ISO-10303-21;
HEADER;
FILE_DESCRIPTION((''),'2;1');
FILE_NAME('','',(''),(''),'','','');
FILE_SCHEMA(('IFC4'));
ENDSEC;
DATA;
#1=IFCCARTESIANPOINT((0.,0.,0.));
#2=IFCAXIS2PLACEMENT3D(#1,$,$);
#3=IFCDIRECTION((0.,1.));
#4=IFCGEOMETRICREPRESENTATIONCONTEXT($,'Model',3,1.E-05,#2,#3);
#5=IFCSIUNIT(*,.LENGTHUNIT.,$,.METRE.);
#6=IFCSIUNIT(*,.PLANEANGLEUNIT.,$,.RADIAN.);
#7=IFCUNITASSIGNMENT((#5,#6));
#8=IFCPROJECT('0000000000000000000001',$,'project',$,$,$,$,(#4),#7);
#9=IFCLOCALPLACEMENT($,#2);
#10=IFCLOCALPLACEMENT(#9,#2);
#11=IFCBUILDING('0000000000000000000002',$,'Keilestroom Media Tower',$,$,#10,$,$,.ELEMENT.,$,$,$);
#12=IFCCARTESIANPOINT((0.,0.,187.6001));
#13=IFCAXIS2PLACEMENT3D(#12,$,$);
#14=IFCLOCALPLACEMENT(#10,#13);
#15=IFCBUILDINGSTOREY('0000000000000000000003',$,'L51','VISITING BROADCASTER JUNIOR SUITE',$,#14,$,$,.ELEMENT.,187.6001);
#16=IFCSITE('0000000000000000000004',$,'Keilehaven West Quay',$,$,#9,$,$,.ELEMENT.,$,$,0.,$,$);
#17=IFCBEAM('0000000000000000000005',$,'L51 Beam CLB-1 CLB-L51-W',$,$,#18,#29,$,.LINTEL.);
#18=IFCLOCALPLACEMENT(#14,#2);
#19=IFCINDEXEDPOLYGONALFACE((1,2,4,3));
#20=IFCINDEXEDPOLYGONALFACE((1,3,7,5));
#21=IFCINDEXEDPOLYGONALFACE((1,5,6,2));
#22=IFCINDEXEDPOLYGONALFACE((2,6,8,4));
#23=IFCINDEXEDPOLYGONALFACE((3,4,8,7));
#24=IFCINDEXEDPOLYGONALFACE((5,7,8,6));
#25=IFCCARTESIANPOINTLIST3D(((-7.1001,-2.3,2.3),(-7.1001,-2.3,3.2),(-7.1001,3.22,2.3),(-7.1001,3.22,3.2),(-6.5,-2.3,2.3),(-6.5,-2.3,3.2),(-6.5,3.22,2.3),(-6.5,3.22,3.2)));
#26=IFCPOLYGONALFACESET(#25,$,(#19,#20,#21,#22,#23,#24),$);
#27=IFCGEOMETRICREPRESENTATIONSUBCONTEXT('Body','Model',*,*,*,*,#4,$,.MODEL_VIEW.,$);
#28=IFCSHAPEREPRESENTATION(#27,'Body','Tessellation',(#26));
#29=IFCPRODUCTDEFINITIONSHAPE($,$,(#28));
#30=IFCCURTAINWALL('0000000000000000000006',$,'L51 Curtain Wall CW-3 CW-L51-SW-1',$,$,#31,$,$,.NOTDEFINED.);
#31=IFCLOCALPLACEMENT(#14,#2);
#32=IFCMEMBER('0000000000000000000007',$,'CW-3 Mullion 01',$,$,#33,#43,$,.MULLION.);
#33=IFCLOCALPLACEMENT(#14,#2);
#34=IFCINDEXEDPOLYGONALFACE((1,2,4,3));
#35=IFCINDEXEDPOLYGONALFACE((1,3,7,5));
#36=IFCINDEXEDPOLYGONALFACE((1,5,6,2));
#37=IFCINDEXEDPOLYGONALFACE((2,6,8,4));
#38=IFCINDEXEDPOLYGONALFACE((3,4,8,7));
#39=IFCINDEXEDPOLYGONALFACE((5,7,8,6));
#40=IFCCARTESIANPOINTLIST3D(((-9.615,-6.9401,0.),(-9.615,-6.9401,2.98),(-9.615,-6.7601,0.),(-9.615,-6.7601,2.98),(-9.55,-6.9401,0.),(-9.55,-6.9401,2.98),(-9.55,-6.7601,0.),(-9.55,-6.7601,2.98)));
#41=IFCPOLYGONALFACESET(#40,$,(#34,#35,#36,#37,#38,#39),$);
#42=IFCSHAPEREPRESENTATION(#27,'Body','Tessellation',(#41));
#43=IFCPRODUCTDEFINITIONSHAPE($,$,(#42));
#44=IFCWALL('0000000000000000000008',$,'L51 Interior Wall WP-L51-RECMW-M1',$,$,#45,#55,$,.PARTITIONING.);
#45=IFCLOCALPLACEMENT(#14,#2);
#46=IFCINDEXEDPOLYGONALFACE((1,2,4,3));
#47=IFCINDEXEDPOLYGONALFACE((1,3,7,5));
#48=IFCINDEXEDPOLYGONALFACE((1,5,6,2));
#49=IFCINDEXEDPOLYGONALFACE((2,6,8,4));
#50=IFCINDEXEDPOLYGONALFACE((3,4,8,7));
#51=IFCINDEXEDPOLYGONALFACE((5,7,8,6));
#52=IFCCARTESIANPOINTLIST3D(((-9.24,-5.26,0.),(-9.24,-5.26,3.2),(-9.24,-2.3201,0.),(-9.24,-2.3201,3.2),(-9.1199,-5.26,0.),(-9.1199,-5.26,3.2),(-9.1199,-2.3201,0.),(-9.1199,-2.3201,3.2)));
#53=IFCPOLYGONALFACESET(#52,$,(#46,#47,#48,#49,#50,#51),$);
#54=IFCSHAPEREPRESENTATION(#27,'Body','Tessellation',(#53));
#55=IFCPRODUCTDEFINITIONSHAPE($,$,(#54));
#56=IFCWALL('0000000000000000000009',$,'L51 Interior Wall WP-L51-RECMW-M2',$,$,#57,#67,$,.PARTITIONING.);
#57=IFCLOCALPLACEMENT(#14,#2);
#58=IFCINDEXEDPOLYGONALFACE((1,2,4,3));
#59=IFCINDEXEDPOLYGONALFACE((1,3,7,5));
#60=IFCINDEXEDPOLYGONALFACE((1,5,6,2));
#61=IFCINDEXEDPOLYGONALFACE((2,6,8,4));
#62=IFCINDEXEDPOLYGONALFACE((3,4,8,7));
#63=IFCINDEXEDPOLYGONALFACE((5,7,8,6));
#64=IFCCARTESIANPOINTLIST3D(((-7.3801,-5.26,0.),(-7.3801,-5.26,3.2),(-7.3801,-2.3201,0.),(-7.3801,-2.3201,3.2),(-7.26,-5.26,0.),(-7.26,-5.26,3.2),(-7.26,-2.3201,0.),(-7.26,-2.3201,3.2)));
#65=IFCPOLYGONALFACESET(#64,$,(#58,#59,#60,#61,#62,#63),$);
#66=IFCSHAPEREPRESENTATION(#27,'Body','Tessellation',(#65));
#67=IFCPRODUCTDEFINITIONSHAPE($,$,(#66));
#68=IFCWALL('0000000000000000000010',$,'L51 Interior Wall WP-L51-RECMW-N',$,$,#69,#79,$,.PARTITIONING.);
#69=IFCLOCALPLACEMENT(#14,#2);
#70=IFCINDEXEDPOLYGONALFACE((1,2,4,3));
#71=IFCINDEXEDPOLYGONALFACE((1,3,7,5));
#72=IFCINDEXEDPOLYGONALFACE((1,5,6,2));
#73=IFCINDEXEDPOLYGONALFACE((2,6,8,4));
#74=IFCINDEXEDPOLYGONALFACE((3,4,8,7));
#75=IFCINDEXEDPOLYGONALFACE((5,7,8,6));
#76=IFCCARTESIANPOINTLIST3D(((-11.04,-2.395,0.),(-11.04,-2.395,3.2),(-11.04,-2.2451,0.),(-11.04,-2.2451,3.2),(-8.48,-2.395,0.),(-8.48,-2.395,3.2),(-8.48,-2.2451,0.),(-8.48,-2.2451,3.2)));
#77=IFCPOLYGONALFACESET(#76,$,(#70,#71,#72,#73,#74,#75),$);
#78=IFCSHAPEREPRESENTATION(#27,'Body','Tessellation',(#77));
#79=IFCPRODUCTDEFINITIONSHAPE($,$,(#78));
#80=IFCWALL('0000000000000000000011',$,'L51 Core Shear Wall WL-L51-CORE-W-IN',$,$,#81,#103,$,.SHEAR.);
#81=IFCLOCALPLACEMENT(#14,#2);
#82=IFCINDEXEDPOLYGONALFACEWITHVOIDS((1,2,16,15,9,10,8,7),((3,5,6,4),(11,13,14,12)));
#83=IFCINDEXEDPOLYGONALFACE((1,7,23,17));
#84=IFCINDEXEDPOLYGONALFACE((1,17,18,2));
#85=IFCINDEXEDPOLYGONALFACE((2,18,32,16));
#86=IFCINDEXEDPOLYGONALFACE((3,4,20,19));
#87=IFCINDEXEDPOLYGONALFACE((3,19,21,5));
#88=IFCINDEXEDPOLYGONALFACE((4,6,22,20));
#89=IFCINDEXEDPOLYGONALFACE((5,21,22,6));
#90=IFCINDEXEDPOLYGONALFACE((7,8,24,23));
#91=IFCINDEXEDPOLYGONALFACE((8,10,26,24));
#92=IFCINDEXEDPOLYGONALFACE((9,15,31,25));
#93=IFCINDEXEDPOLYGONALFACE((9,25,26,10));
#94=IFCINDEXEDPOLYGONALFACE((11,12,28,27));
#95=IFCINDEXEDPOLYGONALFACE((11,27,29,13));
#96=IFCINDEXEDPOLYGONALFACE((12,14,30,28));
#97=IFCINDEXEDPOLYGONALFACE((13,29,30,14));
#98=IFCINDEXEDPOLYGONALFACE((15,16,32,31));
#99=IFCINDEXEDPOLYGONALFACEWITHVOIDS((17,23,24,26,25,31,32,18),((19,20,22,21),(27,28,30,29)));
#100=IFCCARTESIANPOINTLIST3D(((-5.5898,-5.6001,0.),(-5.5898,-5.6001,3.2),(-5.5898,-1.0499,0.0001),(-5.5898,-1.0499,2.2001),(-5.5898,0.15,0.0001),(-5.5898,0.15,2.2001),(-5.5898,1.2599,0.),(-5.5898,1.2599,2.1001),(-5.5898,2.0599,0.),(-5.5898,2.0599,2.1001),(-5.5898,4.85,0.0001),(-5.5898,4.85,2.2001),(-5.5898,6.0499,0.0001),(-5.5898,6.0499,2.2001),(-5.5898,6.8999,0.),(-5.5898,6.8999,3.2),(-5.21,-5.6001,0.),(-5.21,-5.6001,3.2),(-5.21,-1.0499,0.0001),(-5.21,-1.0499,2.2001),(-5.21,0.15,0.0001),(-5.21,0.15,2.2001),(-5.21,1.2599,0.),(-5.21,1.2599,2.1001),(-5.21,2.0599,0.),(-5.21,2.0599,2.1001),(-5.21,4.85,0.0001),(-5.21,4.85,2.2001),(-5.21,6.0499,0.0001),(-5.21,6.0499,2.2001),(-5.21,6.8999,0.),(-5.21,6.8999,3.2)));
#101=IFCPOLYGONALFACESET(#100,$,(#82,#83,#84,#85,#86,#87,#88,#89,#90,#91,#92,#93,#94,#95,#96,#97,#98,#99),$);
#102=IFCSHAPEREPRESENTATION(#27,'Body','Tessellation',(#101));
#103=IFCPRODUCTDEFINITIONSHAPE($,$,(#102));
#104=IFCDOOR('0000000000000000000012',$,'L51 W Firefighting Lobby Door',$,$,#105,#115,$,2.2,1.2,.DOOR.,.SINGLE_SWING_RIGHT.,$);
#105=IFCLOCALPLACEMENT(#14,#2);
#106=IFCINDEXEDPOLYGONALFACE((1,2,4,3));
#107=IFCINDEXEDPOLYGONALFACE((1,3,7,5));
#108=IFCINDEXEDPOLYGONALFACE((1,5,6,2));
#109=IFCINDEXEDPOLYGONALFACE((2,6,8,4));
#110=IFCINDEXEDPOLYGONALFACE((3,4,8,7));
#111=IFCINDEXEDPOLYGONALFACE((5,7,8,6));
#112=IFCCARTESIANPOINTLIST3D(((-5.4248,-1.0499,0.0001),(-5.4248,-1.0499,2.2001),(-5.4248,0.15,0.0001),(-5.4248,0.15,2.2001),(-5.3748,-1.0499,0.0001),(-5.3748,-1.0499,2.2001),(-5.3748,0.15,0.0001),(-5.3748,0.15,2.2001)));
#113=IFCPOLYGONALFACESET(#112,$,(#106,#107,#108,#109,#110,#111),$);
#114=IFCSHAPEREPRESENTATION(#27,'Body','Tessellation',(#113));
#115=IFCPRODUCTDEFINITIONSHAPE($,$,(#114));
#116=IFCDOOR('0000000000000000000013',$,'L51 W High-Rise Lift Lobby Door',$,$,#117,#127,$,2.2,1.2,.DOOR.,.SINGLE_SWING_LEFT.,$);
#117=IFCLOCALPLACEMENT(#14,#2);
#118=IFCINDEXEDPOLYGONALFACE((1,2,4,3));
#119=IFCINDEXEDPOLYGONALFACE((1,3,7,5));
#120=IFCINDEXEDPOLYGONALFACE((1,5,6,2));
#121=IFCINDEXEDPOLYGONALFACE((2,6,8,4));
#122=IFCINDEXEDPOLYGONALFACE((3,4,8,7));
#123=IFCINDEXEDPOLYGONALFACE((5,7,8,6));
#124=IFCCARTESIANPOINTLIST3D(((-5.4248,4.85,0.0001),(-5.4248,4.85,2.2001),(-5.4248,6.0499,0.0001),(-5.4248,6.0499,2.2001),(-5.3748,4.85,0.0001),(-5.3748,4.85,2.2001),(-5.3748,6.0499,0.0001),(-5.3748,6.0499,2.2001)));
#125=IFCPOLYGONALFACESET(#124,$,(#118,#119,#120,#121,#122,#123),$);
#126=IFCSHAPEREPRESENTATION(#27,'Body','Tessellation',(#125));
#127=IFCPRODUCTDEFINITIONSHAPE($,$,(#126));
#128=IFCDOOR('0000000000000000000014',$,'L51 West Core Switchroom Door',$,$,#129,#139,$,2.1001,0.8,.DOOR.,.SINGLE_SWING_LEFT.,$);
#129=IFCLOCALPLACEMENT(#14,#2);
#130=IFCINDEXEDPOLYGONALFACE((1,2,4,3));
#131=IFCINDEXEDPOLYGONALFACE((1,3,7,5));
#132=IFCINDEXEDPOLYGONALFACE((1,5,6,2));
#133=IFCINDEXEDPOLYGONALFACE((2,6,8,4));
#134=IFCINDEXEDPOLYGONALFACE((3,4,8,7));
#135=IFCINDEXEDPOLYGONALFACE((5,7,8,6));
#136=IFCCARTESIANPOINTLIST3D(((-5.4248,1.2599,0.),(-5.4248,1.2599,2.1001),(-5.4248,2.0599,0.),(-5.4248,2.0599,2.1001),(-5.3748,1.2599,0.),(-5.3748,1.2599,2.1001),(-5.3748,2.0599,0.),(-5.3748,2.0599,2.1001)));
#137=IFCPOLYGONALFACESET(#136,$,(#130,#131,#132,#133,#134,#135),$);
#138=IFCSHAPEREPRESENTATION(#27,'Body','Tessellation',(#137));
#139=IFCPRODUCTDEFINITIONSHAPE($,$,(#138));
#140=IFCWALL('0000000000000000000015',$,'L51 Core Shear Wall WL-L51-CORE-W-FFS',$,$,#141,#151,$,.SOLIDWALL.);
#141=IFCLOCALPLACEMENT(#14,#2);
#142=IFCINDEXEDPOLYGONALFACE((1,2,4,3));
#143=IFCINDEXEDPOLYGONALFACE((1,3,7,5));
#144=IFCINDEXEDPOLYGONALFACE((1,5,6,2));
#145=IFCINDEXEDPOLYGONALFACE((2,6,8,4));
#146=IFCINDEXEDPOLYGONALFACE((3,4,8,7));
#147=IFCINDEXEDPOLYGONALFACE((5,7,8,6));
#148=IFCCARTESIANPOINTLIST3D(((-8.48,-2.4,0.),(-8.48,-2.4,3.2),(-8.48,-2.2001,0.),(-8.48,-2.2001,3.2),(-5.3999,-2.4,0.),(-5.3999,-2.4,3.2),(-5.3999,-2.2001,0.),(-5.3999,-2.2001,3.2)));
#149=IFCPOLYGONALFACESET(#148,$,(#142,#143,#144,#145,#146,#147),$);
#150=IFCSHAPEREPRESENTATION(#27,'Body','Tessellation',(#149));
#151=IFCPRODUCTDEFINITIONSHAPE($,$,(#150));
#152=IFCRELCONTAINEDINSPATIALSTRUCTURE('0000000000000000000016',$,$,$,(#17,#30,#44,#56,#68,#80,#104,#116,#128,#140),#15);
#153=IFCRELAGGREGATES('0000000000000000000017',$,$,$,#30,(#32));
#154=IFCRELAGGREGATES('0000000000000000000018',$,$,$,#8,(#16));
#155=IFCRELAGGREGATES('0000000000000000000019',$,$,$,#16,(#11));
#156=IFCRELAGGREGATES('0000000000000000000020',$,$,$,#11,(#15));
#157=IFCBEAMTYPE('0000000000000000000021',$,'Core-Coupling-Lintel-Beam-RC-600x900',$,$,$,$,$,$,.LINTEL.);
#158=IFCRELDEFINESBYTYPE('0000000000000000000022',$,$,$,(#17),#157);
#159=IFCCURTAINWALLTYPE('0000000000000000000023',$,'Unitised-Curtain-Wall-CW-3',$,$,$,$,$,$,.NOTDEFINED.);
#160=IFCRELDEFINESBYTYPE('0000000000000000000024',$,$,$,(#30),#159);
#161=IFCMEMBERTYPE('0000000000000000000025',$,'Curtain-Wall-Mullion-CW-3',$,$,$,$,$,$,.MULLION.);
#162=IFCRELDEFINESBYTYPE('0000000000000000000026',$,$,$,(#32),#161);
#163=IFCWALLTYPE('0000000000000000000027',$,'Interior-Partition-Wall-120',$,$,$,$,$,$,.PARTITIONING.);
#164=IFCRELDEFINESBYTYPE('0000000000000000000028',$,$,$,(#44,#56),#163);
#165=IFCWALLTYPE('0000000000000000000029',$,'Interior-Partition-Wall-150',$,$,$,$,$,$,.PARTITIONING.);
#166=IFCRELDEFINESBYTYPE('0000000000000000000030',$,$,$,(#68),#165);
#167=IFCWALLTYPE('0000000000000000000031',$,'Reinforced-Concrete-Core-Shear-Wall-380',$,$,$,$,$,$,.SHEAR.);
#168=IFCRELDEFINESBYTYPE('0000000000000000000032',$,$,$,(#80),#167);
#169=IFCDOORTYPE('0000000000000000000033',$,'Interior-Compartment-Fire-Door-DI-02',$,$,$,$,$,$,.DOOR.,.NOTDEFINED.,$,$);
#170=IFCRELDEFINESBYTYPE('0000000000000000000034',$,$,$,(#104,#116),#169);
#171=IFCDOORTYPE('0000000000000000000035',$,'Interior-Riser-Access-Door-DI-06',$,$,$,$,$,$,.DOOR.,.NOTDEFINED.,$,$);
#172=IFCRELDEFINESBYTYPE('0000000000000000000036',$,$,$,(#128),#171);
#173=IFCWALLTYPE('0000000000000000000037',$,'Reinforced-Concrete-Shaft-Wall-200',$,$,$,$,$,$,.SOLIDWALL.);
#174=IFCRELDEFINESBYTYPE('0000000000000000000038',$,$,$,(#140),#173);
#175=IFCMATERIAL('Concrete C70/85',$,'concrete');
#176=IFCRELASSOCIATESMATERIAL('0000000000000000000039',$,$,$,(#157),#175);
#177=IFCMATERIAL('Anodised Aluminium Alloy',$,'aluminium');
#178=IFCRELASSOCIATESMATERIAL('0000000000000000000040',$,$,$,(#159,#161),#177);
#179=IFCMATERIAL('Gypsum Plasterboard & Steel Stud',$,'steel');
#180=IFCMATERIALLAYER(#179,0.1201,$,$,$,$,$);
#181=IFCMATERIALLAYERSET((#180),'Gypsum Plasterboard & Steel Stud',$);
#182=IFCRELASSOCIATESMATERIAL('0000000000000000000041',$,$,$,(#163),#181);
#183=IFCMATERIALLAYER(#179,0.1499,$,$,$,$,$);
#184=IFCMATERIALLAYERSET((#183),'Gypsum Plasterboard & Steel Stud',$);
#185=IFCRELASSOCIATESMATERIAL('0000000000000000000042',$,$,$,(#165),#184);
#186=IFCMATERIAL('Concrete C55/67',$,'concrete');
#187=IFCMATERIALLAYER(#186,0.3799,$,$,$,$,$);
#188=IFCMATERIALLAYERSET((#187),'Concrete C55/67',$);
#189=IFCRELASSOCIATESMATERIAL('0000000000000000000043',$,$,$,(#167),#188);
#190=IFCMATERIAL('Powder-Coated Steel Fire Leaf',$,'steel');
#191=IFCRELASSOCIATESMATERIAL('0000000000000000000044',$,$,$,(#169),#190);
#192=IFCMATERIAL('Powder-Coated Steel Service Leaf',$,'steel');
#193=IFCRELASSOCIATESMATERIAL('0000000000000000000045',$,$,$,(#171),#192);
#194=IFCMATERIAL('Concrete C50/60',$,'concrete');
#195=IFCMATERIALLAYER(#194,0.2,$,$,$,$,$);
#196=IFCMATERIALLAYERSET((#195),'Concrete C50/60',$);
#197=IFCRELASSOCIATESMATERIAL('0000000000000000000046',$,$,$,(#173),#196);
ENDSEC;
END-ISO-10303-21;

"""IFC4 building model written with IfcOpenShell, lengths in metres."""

from ifc_helpers import new_model, si_unit, direction, frame, frame_2d, origin, origin_2d, place, context, subcontext, project, spatial, rectangle, extrude, source, transform, mapped, material, layer, layer_set, material_profile, profile_set, type_object, element, fill, aggregate, save


model = new_model("IFC4")

# Units and contexts
model_context = context("Model", 3, precision=1e-05, world=origin(), true_north=direction((0.0, 1.0)))
body_context = subcontext(model_context, "Body", "Model", "MODEL_VIEW")
ifc_project = project(units=[si_unit("LENGTHUNIT", "METRE"), si_unit("PLANEANGLEUNIT", "RADIAN")], contexts=[model_context])

# Site, building, storey
site_placement = place(None, origin())
site = spatial("IfcSite", under=ifc_project, at=site_placement, Name="Keilehaven West Quay", CompositionType="ELEMENT", RefElevation=0.0)
building_placement = place(site_placement, origin())
building = spatial("IfcBuilding", under=site, at=building_placement, Name="Keilestroom Media Tower", CompositionType="ELEMENT")
storey_placement = place(building_placement, frame((0.0, 0.0, 187.6001)))
storey = spatial("IfcBuildingStorey", under=building, at=storey_placement, Name="L51", Description="VISITING BROADCASTER JUNIOR SUITE", CompositionType="ELEMENT", Elevation=187.6001)

# Beam
ifc_material_1 = material(Name="Concrete C70/85", Category="concrete")
ifc_material_profile_1 = material_profile(ifc_material_1, rectangle(XDim=0.6001, YDim=0.8999, at=origin_2d()), Name="RC 600x900")
ifc_profile_set_1 = profile_set([ifc_material_profile_1], Name="Concrete C70/85")
beam_type = type_object("IfcBeamType", Name="Core-Coupling-Lintel-Beam-RC-600x900", PredefinedType="LINTEL", material=ifc_profile_set_1)
shared_shape_1 = source(origin(), body_context, "Body", "SweptSolid", [
    extrude(rectangle(XDim=0.6001, YDim=0.8999, at=origin_2d()), origin(), (0.0, 0.0, 1.0), 5.52),
])
beam_placement = place(storey_placement, frame((-6.8, -2.3, 2.75), z_axis=(0.0, 1.0, 0.0), x_axis=(-1.0, 0.0, 0.0)))
element("IfcBeam", 1, at=beam_placement, inside=storey, type_object=beam_type, Name="L51 Beam CLB-1 CLB-L51-W", PredefinedType="LINTEL", context=body_context, shape_type="MappedRepresentation", body=[
    mapped(shared_shape_1, transform((0.0, 0.0, 0.0), x_axis=(1.0, 0.0, 0.0), y_axis=(0.0, 1.0, 0.0), z_axis=(0.0, 0.0, 1.0), scale=1.0)),
])

# Curtain wall, member
ifc_material_2 = material(Name="Anodised Aluminium Alloy", Category="aluminium")
curtain_wall_type = type_object("IfcCurtainWallType", Name="Unitised-Curtain-Wall-CW-3", PredefinedType="NOTDEFINED", material=ifc_material_2)
curtain_wall_placement = place(storey_placement, origin())
curtain_wall = element("IfcCurtainWall", 2, at=curtain_wall_placement, inside=storey, type_object=curtain_wall_type, Name="L51 Curtain Wall CW-3 CW-L51-SW-1", PredefinedType="NOTDEFINED")
ifc_material_profile_2 = material_profile(ifc_material_2, rectangle(XDim=0.0649, YDim=0.1799, at=origin_2d()), Name="ALU MULLION 65x180")
ifc_profile_set_2 = profile_set([ifc_material_profile_2], Name="Anodised Aluminium Alloy")
member_type = type_object("IfcMemberType", Name="Curtain-Wall-Mullion-CW-3", PredefinedType="MULLION", material=ifc_profile_set_2)
shared_shape_2 = source(origin(), body_context, "Body", "SweptSolid", [
    extrude(rectangle(XDim=0.0649, YDim=0.1799, at=origin_2d()), origin(), (0.0, 0.0, 1.0), 2.98),
])
member_placement = place(storey_placement, frame((-9.5825, -6.8501, 0.0), z_axis=(0.0, 0.0, 1.0), x_axis=(1.0, 0.0, 0.0)))
member = element("IfcMember", 3, at=member_placement, type_object=member_type, Name="CW-3 Mullion 01", PredefinedType="MULLION", context=body_context, shape_type="MappedRepresentation", body=[
    mapped(shared_shape_2, transform((0.0, 0.0, 0.0), x_axis=(1.0, 0.0, 0.0), y_axis=(0.0, 1.0, 0.0), z_axis=(0.0, 0.0, 1.0), scale=1.0)),
])
aggregate(curtain_wall, [member])

# Walls
ifc_material_3 = material(Name="Gypsum Plasterboard & Steel Stud", Category="steel")
ifc_layer_1 = layer(ifc_material_3, 0.1201)
ifc_layer_set_1 = layer_set([ifc_layer_1], Name="Gypsum Plasterboard & Steel Stud")
wall_type_1 = type_object("IfcWallType", Name="Interior-Partition-Wall-120", PredefinedType="PARTITIONING", material=ifc_layer_set_1)
for number, where, z_axis, x_axis, name in (
    (4, (-9.1799, -5.26, 0.0), (0.0, 0.0, 1.0), (0.0, 1.0, 0.0), "L51 Interior Wall WP-L51-RECMW-M1"),
    (5, (-7.3201, -5.26, 0.0), (0.0, 0.0, 1.0), (0.0, 1.0, 0.0), "L51 Interior Wall WP-L51-RECMW-M2"),
):
    element("IfcWall", number, at=place(storey_placement, frame(where, z_axis=z_axis, x_axis=x_axis)), inside=storey, type_object=wall_type_1, Name=name, PredefinedType="PARTITIONING", context=body_context, shape_type="SweptSolid", body=[
        extrude(rectangle(XDim=2.9399, YDim=0.1201, at=frame_2d((1.47, 0.0))), origin(), (0.0, 0.0, 1.0), 3.2),
    ])
ifc_layer_2 = layer(ifc_material_3, 0.1499)
ifc_layer_set_2 = layer_set([ifc_layer_2], Name="Gypsum Plasterboard & Steel Stud")
wall_type_2 = type_object("IfcWallType", Name="Interior-Partition-Wall-150", PredefinedType="PARTITIONING", material=ifc_layer_set_2)
wall_1_placement = place(storey_placement, frame((-11.04, -2.3201, 0.0), z_axis=(0.0, 0.0, 1.0), x_axis=(1.0, 0.0, 0.0)))
element("IfcWall", 6, at=wall_1_placement, inside=storey, type_object=wall_type_2, Name="L51 Interior Wall WP-L51-RECMW-N", PredefinedType="PARTITIONING", context=body_context, shape_type="SweptSolid", body=[
    extrude(rectangle(XDim=2.5601, YDim=0.1499, at=frame_2d((1.28, 0.0))), origin(), (0.0, 0.0, 1.0), 3.2),
])

# Wall, openings, doors
ifc_material_4 = material(Name="Concrete C55/67", Category="concrete")
ifc_layer_3 = layer(ifc_material_4, 0.3799)
ifc_layer_set_3 = layer_set([ifc_layer_3], Name="Concrete C55/67")
wall_type_3 = type_object("IfcWallType", Name="Reinforced-Concrete-Core-Shear-Wall-380", PredefinedType="SHEAR", material=ifc_layer_set_3)
wall_2_placement = place(storey_placement, frame((-5.3999, -5.6001, 0.0), z_axis=(0.0, 0.0, 1.0), x_axis=(0.0, 1.0, 0.0)))
wall_2 = element("IfcWall", 7, at=wall_2_placement, inside=storey, type_object=wall_type_3, Name="L51 Core Shear Wall WL-L51-CORE-W-IN", PredefinedType="SHEAR", context=body_context, shape_type="SweptSolid", body=[
    extrude(rectangle(XDim=12.5, YDim=0.3799, at=frame_2d((6.25, 0.0))), origin(), (0.0, 0.0, 1.0), 3.2),
])
opening_1_placement = place(wall_2_placement, frame((4.55, 0.0, 0.0)))
opening_1 = element("IfcOpeningElement", 8, at=opening_1_placement, cuts=wall_2, PredefinedType="OPENING", context=body_context, shape_type="SweptSolid", body=[
    extrude(rectangle(XDim=1.2, YDim=2.2, at=frame_2d((0.6001, 1.1001))), frame((0.0, 0.2, 0.0), z_axis=(0.0, -1.0, 0.0), x_axis=(1.0, 0.0, 0.0)), (0.0, 0.0, 1.0), 0.3999),
])
opening_2_placement = place(wall_2_placement, frame((10.45, 0.0, 0.0)))
opening_2 = element("IfcOpeningElement", 9, at=opening_2_placement, cuts=wall_2, PredefinedType="OPENING", context=body_context, shape_type="SweptSolid", body=[
    extrude(rectangle(XDim=1.2, YDim=2.2, at=frame_2d((0.6001, 1.1001))), frame((0.0, 0.2, 0.0), z_axis=(0.0, -1.0, 0.0), x_axis=(1.0, 0.0, 0.0)), (0.0, 0.0, 1.0), 0.3999),
])
opening_3_placement = place(wall_2_placement, frame((6.8601, 0.0, 0.0)))
opening_3 = element("IfcOpeningElement", 10, at=opening_3_placement, cuts=wall_2, PredefinedType="OPENING", context=body_context, shape_type="SweptSolid", body=[
    extrude(rectangle(XDim=0.8, YDim=2.1001, at=frame_2d((0.3999, 1.05))), frame((0.0, 0.2, 0.0), z_axis=(0.0, -1.0, 0.0), x_axis=(1.0, 0.0, 0.0)), (0.0, 0.0, 1.0), 0.3999),
])
ifc_material_5 = material(Name="Powder-Coated Steel Fire Leaf", Category="steel")
door_type_1 = type_object("IfcDoorType", Name="Interior-Compartment-Fire-Door-DI-02", OperationType="NOTDEFINED", PredefinedType="DOOR", material=ifc_material_5)
shared_shape_3 = source(origin(), body_context, "Body", "SweptSolid", [
    extrude(rectangle(XDim=1.2, YDim=2.2, at=frame_2d((0.6001, 1.1001))), frame((0.0, 0.0249, 0.0), z_axis=(0.0, -1.0, 0.0), x_axis=(1.0, 0.0, 0.0)), (0.0, 0.0, 1.0), 0.05),
])
door_1_placement = place(opening_1_placement, origin())
door_1 = element("IfcDoor", 11, at=door_1_placement, inside=storey, type_object=door_type_1, Name="L51 W Firefighting Lobby Door", OperationType="SINGLE_SWING_RIGHT", OverallHeight=2.2, OverallWidth=1.2, PredefinedType="DOOR", context=body_context, shape_type="MappedRepresentation", body=[
    mapped(shared_shape_3, transform((0.0, 0.0, 0.0), x_axis=(1.0, 0.0, 0.0), y_axis=(0.0, 1.0, 0.0), z_axis=(0.0, 0.0, 1.0), scale=1.0)),
])
fill(opening_1, door_1)
door_2_placement = place(opening_2_placement, origin())
door_2 = element("IfcDoor", 12, at=door_2_placement, inside=storey, type_object=door_type_1, Name="L51 W High-Rise Lift Lobby Door", OperationType="SINGLE_SWING_LEFT", OverallHeight=2.2, OverallWidth=1.2, PredefinedType="DOOR", context=body_context, shape_type="MappedRepresentation", body=[
    mapped(shared_shape_3, transform((0.0, 0.0, 0.0), x_axis=(1.0, 0.0, 0.0), y_axis=(0.0, 1.0, 0.0), z_axis=(0.0, 0.0, 1.0), scale=1.0)),
])
fill(opening_2, door_2)
ifc_material_6 = material(Name="Powder-Coated Steel Service Leaf", Category="steel")
door_type_2 = type_object("IfcDoorType", Name="Interior-Riser-Access-Door-DI-06", OperationType="NOTDEFINED", PredefinedType="DOOR", material=ifc_material_6)
shared_shape_4 = source(origin(), body_context, "Body", "SweptSolid", [
    extrude(rectangle(XDim=0.8, YDim=2.1001, at=frame_2d((0.3999, 1.05))), frame((0.0, 0.0249, 0.0), z_axis=(0.0, -1.0, 0.0), x_axis=(1.0, 0.0, 0.0)), (0.0, 0.0, 1.0), 0.05),
])
door_3_placement = place(opening_3_placement, origin())
door_3 = element("IfcDoor", 13, at=door_3_placement, inside=storey, type_object=door_type_2, Name="L51 West Core Switchroom Door", OperationType="SINGLE_SWING_LEFT", OverallHeight=2.1001, OverallWidth=0.8, PredefinedType="DOOR", context=body_context, shape_type="MappedRepresentation", body=[
    mapped(shared_shape_4, transform((0.0, 0.0, 0.0), x_axis=(1.0, 0.0, 0.0), y_axis=(0.0, 1.0, 0.0), z_axis=(0.0, 0.0, 1.0), scale=1.0)),
])
fill(opening_3, door_3)

# Wall
ifc_material_7 = material(Name="Concrete C50/60", Category="concrete")
ifc_layer_4 = layer(ifc_material_7, 0.2)
ifc_layer_set_4 = layer_set([ifc_layer_4], Name="Concrete C50/60")
wall_type_4 = type_object("IfcWallType", Name="Reinforced-Concrete-Shaft-Wall-200", PredefinedType="SOLIDWALL", material=ifc_layer_set_4)
wall_3_placement = place(storey_placement, frame((-8.48, -2.3, 0.0), z_axis=(0.0, 0.0, 1.0), x_axis=(1.0, 0.0, 0.0)))
element("IfcWall", 14, at=wall_3_placement, inside=storey, type_object=wall_type_4, Name="L51 Core Shear Wall WL-L51-CORE-W-FFS", PredefinedType="SOLIDWALL", context=body_context, shape_type="SweptSolid", body=[
    extrude(rectangle(XDim=3.0801, YDim=0.2, at=frame_2d((1.54, 0.0))), origin(), (0.0, 0.0, 1.0), 3.2),
])

save(model, "model.ifc")
